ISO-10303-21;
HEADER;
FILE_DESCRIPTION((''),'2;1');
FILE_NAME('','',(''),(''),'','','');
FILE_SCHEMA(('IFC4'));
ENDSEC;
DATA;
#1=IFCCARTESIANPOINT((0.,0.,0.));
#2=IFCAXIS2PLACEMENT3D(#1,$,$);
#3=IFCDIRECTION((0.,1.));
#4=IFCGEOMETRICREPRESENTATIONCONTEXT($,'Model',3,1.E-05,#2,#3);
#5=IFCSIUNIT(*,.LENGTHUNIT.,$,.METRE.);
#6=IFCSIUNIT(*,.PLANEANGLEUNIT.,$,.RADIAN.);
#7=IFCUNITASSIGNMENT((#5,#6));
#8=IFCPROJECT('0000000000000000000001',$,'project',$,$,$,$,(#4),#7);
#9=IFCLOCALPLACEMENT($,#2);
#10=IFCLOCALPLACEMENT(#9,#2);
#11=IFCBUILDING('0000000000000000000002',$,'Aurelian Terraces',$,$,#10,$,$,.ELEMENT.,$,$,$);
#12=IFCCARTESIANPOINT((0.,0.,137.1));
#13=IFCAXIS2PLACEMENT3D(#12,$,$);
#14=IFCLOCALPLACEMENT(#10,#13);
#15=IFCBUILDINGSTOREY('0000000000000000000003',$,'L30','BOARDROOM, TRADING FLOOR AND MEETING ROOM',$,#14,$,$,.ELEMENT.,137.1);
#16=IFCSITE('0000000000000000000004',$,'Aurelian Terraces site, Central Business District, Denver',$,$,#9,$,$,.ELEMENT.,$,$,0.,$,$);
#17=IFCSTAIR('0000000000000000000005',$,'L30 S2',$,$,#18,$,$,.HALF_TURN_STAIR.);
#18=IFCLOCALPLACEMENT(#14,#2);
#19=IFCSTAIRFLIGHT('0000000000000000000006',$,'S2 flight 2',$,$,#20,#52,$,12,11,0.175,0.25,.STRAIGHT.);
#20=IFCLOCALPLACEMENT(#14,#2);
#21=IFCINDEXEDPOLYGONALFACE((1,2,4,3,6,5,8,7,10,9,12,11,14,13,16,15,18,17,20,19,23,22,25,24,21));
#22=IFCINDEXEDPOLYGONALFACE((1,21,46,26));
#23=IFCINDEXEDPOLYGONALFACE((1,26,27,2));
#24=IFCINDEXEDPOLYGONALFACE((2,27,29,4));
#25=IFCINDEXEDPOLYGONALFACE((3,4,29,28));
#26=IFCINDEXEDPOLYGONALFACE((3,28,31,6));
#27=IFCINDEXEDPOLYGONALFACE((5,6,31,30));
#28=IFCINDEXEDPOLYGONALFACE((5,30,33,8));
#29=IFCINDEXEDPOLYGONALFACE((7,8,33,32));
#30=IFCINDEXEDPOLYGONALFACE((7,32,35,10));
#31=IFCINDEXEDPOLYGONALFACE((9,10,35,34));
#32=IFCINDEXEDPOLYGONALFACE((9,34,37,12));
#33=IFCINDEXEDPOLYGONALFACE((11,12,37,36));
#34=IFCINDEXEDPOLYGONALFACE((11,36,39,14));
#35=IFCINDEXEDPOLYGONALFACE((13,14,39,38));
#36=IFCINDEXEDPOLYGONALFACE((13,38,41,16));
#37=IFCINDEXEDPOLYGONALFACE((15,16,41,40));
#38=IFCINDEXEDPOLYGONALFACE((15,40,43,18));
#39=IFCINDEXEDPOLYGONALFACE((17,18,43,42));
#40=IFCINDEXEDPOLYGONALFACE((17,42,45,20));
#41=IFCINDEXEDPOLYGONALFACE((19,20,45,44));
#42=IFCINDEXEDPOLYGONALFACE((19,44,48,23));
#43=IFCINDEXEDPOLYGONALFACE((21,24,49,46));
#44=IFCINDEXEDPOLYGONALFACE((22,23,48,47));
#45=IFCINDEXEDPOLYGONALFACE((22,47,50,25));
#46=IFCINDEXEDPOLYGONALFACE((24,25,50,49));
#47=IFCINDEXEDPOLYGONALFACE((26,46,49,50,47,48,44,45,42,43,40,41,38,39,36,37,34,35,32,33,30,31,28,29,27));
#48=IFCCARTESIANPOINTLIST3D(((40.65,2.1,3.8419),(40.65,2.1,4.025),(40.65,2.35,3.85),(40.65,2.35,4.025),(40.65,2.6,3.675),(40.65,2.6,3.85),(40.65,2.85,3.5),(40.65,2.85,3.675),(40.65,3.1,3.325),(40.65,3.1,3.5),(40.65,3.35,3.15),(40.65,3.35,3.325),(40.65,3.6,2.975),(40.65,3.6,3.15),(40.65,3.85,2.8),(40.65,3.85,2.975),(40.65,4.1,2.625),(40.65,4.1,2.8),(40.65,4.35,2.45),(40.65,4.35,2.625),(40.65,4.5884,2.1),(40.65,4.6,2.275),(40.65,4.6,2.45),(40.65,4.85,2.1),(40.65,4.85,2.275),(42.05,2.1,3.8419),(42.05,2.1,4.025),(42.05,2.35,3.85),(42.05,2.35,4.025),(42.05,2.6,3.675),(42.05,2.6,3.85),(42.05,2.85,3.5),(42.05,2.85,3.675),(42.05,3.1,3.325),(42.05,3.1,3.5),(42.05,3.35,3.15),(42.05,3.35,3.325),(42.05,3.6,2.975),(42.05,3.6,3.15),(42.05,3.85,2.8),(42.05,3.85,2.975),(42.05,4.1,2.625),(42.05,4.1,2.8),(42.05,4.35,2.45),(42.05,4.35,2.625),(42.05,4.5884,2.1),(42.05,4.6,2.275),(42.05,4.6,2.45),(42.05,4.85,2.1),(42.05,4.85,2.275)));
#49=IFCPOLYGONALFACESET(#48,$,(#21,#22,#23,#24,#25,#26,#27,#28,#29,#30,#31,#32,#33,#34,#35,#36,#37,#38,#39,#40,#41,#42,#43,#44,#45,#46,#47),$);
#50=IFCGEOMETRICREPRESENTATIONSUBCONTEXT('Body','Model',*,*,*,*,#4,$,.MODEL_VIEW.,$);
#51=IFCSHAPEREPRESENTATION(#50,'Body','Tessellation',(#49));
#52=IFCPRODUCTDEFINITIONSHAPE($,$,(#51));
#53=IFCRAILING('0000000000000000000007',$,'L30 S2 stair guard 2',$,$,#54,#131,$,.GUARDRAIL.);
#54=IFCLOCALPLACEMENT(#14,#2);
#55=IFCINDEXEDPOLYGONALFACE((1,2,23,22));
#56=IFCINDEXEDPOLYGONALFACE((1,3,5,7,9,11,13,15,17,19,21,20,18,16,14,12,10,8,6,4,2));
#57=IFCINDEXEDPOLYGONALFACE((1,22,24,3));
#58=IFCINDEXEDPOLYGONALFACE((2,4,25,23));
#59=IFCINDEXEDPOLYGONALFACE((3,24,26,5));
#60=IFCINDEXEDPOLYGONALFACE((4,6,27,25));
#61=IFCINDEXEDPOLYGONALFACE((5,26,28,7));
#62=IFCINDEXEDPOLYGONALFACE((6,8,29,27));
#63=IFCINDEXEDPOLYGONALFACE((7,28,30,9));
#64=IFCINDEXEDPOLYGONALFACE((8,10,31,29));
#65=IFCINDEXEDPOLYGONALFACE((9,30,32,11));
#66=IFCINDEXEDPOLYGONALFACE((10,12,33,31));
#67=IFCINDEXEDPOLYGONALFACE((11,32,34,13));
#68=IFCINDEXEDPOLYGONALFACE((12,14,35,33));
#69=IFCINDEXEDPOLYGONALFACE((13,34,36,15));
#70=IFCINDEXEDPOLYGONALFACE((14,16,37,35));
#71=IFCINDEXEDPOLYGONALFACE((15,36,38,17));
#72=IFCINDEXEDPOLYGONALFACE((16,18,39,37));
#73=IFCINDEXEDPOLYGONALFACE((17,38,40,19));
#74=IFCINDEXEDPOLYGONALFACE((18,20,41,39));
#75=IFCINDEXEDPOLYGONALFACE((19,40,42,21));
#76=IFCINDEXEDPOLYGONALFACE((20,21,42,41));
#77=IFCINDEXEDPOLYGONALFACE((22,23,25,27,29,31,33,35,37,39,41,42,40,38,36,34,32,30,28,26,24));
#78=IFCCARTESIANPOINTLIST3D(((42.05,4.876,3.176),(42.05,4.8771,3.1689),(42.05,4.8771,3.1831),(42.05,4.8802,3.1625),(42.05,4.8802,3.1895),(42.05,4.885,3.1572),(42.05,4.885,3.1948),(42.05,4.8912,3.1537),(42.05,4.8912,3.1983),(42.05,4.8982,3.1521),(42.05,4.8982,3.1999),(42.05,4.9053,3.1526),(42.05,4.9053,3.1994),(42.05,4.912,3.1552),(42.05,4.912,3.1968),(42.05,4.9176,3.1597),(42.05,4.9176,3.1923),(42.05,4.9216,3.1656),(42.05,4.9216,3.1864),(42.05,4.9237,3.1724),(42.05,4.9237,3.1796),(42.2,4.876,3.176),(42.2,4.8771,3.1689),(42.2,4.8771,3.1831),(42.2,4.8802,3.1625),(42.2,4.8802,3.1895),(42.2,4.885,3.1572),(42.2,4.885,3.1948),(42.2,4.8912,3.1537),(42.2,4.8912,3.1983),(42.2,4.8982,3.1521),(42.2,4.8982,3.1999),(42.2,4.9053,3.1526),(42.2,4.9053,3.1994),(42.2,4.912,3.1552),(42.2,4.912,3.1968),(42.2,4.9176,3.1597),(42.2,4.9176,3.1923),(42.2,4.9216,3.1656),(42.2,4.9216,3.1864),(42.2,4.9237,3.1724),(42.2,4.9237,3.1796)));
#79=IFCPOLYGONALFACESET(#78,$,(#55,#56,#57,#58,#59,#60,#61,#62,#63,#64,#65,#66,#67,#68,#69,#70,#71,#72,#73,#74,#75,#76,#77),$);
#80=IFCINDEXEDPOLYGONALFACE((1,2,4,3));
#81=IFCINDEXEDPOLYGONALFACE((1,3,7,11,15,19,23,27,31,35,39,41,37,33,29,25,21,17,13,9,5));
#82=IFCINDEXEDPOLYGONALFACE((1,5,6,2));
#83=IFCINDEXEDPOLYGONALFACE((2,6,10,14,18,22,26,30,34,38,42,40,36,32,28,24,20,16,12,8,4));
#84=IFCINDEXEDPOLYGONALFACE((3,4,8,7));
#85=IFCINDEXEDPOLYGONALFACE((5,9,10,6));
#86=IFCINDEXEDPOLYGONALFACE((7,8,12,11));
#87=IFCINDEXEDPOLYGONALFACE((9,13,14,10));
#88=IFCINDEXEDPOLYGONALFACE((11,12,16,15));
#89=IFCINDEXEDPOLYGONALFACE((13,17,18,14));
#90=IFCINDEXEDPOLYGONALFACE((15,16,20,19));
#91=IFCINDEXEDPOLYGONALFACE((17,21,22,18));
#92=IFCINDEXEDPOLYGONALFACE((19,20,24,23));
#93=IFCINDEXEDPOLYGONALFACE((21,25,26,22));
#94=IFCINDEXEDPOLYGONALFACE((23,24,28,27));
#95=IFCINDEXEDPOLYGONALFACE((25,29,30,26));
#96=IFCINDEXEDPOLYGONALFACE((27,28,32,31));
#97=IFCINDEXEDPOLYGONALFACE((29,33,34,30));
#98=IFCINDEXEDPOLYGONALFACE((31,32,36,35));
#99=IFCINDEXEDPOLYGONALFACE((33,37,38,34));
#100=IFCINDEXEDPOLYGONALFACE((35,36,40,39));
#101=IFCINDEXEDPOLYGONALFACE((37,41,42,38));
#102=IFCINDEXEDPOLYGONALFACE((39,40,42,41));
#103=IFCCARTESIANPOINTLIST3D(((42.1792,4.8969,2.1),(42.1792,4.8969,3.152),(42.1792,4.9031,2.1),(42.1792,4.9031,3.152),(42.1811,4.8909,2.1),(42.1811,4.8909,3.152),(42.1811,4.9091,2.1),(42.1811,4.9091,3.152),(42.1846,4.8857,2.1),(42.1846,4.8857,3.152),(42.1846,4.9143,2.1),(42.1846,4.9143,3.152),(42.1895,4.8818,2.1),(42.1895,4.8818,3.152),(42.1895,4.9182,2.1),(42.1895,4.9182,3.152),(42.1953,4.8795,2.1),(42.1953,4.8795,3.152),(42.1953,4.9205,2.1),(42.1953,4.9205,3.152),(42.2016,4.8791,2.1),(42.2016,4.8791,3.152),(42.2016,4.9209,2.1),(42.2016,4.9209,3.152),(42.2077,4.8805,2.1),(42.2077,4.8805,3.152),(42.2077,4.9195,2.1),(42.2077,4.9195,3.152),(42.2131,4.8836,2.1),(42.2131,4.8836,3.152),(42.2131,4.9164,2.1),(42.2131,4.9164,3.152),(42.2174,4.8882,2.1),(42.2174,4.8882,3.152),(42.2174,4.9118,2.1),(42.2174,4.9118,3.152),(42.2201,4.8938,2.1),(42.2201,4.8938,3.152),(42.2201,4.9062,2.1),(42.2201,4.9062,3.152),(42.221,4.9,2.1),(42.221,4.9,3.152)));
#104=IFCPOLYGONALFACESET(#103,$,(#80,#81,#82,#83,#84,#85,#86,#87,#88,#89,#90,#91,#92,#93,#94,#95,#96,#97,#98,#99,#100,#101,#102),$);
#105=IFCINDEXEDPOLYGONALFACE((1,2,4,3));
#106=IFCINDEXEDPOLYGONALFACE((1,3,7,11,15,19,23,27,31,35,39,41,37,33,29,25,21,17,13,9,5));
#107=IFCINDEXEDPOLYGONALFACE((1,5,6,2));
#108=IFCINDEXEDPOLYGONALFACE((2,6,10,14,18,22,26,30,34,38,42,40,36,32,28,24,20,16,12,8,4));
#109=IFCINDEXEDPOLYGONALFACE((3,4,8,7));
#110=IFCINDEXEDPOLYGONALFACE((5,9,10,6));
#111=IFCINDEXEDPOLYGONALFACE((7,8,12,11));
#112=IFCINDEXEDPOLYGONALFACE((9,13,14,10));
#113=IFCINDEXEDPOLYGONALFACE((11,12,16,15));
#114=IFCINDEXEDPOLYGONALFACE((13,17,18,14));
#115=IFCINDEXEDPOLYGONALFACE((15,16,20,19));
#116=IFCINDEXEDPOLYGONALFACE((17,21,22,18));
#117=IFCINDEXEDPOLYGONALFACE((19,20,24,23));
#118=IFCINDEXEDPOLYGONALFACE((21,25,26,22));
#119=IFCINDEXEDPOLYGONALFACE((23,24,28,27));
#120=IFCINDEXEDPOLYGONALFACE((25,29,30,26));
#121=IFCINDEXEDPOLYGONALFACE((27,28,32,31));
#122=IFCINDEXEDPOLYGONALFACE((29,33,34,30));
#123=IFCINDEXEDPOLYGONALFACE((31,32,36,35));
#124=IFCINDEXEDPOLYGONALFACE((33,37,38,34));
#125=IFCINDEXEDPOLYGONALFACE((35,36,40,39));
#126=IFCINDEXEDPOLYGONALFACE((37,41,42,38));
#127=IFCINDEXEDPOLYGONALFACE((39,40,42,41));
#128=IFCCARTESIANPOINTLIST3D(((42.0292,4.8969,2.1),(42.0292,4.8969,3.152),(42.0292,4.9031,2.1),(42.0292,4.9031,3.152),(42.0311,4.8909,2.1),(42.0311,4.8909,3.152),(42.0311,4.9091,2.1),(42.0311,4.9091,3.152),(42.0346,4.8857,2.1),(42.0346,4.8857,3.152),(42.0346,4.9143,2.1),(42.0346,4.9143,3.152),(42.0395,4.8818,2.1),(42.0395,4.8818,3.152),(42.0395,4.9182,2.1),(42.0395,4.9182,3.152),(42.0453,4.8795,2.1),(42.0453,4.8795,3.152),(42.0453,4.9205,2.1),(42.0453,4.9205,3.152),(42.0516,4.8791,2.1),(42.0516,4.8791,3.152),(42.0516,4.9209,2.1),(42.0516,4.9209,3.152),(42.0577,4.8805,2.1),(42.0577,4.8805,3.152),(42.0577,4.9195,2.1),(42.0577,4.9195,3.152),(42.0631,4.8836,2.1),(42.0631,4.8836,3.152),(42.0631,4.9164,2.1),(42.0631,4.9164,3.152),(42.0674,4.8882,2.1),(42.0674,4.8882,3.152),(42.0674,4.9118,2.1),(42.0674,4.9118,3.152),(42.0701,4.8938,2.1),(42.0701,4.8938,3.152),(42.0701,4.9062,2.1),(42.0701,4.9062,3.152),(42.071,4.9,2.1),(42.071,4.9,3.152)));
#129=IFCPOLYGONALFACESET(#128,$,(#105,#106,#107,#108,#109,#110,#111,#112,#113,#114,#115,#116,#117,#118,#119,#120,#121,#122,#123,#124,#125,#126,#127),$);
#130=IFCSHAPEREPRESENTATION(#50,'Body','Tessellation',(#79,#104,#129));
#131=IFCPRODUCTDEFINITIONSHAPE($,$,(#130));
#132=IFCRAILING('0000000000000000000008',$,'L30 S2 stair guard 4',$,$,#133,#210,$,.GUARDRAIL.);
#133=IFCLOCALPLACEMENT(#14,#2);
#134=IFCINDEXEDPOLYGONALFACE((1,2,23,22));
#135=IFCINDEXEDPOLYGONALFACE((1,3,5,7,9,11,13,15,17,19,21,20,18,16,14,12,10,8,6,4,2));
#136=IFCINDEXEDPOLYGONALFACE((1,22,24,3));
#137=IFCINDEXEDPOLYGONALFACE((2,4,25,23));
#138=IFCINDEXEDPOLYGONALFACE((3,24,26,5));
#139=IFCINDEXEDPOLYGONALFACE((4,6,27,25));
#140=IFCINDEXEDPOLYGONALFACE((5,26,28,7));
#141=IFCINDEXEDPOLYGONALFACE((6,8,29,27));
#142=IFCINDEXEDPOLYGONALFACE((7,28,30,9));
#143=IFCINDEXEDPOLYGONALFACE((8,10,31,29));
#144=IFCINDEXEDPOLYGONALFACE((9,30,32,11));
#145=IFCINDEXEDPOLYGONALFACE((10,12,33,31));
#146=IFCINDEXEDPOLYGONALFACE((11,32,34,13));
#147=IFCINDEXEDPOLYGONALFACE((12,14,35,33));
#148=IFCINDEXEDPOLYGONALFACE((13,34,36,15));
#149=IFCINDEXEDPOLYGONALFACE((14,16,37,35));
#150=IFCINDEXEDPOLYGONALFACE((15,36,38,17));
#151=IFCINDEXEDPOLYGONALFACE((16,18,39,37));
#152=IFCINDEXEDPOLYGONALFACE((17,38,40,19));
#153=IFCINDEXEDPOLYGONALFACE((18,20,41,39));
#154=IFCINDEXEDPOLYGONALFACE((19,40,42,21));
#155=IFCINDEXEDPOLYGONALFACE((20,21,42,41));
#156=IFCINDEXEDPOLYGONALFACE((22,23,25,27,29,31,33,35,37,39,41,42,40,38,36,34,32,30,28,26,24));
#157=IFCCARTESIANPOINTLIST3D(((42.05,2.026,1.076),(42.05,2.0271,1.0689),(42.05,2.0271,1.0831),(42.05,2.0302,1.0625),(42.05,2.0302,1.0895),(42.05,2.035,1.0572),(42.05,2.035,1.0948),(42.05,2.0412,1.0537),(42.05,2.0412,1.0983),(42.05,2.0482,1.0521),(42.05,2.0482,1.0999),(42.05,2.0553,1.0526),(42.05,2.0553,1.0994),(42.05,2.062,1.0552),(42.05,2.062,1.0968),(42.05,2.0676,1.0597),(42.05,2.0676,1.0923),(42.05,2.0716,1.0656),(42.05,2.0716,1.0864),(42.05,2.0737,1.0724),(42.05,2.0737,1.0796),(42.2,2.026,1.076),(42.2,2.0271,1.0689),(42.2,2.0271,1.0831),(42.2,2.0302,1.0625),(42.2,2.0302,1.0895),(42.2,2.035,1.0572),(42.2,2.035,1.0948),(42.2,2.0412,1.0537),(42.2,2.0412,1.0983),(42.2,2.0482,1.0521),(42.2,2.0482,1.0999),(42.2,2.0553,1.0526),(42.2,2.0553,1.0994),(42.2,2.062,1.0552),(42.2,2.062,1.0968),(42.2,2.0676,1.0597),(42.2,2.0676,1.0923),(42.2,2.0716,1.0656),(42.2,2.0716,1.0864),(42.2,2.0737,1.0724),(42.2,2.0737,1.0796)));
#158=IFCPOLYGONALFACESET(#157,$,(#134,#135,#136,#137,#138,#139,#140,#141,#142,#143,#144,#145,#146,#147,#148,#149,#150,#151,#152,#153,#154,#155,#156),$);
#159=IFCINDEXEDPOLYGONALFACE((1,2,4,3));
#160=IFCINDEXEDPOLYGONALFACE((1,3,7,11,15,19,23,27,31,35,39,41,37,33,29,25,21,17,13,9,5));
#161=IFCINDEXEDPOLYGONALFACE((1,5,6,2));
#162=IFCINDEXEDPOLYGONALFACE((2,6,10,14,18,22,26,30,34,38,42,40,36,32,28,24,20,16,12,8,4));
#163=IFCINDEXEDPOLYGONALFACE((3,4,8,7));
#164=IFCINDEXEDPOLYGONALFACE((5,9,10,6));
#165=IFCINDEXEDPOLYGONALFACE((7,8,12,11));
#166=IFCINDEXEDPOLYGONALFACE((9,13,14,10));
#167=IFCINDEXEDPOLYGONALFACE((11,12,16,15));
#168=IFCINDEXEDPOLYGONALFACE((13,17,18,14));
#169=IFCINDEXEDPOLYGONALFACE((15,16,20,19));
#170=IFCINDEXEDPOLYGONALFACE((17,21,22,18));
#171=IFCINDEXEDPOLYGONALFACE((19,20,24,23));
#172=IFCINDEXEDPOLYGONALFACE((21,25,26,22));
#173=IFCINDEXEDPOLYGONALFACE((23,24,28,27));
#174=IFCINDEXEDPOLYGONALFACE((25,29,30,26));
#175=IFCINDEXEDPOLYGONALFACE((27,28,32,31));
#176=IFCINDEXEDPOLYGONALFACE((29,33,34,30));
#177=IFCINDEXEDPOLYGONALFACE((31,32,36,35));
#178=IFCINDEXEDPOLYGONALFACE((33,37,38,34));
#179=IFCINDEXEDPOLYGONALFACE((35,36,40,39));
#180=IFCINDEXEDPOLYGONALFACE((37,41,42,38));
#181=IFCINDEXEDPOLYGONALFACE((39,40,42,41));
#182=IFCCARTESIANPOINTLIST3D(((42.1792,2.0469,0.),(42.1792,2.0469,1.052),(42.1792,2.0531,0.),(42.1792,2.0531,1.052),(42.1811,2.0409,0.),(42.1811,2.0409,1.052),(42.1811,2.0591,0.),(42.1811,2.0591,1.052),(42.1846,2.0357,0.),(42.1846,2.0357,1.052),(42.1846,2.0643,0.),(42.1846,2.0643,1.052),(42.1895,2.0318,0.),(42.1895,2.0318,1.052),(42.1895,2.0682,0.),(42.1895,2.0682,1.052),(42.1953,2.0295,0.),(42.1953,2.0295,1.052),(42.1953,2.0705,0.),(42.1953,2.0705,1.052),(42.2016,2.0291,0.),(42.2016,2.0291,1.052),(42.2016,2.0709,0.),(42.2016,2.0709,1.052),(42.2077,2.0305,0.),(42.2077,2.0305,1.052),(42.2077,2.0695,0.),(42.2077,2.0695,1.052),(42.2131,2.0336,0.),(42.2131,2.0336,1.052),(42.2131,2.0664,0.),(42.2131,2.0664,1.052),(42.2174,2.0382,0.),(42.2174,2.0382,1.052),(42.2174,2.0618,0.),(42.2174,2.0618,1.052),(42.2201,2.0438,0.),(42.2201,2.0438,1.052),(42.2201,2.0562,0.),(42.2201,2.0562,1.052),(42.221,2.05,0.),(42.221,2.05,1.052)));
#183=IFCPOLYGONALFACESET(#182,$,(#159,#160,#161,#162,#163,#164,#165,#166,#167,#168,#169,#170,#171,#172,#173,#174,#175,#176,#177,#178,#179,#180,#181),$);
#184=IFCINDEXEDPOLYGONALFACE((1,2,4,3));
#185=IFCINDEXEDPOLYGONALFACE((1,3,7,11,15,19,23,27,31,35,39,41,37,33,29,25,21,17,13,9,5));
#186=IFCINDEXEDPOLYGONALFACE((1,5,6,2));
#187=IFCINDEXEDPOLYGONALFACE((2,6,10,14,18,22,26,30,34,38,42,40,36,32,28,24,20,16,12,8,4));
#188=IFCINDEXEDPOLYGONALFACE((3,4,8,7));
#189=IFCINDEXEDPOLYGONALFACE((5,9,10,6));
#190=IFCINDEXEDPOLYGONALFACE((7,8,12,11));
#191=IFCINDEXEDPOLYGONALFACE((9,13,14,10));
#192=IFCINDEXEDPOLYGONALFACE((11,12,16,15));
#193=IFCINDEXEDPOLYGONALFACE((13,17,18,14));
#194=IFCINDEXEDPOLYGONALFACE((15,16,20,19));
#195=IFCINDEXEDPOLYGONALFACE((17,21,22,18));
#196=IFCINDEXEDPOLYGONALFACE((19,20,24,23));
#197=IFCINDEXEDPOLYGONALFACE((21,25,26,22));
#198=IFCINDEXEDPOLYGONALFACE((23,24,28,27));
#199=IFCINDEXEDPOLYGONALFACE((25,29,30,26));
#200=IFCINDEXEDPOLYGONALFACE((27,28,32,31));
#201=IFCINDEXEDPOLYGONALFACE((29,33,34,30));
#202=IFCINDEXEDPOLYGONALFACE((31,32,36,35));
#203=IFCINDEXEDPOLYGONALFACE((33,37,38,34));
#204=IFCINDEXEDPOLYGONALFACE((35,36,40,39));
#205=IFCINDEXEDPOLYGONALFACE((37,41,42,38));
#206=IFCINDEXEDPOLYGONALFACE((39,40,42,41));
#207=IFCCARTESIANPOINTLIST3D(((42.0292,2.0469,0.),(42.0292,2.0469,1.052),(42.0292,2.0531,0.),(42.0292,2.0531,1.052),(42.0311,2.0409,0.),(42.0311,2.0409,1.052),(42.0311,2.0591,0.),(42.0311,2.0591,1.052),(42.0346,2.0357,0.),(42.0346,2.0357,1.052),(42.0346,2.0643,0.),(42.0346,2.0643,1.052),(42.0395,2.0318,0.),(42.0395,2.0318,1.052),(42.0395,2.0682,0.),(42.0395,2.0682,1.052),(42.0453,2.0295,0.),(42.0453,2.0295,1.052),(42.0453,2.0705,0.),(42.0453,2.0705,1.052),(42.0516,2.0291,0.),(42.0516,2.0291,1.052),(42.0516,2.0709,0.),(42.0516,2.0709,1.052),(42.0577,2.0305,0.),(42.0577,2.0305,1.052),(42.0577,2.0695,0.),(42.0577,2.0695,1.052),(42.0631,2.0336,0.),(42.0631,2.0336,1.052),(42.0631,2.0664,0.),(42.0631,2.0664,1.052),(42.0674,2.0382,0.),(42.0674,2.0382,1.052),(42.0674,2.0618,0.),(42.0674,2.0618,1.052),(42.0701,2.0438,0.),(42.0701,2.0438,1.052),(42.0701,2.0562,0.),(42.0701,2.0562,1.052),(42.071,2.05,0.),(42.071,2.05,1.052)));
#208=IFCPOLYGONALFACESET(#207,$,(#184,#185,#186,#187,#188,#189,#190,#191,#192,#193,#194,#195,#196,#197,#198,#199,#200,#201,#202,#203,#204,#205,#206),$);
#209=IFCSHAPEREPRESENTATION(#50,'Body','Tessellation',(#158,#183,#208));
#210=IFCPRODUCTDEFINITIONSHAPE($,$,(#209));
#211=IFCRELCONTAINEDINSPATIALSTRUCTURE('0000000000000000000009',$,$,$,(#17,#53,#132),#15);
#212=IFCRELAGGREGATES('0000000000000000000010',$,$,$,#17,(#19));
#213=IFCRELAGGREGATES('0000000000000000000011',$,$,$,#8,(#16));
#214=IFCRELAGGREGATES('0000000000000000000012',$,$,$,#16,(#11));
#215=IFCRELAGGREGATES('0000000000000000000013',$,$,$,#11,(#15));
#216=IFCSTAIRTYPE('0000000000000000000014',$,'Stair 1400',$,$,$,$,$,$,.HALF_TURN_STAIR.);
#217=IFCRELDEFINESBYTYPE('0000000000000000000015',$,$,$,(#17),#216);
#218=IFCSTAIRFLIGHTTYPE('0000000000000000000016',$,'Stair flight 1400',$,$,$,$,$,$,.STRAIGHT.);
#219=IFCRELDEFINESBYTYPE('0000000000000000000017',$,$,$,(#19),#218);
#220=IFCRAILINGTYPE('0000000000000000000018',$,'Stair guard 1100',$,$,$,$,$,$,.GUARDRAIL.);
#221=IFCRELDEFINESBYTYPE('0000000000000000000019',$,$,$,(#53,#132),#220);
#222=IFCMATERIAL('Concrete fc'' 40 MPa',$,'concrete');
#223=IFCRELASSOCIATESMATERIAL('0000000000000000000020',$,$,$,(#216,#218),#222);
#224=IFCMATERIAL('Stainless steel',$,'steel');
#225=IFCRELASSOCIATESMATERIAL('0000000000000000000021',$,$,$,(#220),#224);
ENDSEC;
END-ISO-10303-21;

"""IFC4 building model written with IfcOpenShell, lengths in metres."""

from ifc_helpers import new_model, si_unit, direction, frame, origin, origin_2d, place, context, subcontext, project, spatial, polyline, circle, outline, extrude, source, transform, mapped, material, type_object, element, aggregate, save


model = new_model("IFC4")

# Units and contexts
model_context = context("Model", 3, precision=1e-05, world=origin(), true_north=direction((0.0, 1.0)))
body_context = subcontext(model_context, "Body", "Model", "MODEL_VIEW")
ifc_project = project(units=[si_unit("LENGTHUNIT", "METRE"), si_unit("PLANEANGLEUNIT", "RADIAN")], contexts=[model_context])

# Site, building, storey
site_placement = place(None, origin())
site = spatial("IfcSite", under=ifc_project, at=site_placement, Name="Aurelian Terraces site, Central Business District, Denver", CompositionType="ELEMENT", RefElevation=0.0)
building_placement = place(site_placement, origin())
building = spatial("IfcBuilding", under=site, at=building_placement, Name="Aurelian Terraces", CompositionType="ELEMENT")
storey_placement = place(building_placement, frame((0.0, 0.0, 137.1)))
storey = spatial("IfcBuildingStorey", under=building, at=storey_placement, Name="L30", Description="BOARDROOM, TRADING FLOOR AND MEETING ROOM", CompositionType="ELEMENT", Elevation=137.1)

# Shared definitions
ifc_material_1 = material(Name="Concrete fc' 40 MPa", Category="concrete")

# Stair, stair flight
stair_type = type_object("IfcStairType", Name="Stair 1400", PredefinedType="HALF_TURN_STAIR", material=ifc_material_1)
stair_placement = place(storey_placement, origin())
stair = element("IfcStair", 1, at=stair_placement, inside=storey, type_object=stair_type, Name="L30 S2", PredefinedType="HALF_TURN_STAIR")
stair_flight_type = type_object("IfcStairFlightType", Name="Stair flight 1400", PredefinedType="STRAIGHT", material=ifc_material_1)
shared_shape_1 = source(origin(), body_context, "Body", "SweptSolid", [
    extrude(outline(polyline([(0.0, 0.0), (0.0, 0.175), (0.25, 0.175), (0.25, 0.35), (0.5, 0.35), (0.5, 0.525), (0.75, 0.525), (0.75, 0.7), (1.0, 0.7), (1.0, 0.875), (1.25, 0.875), (1.25, 1.05), (1.5, 1.05), (1.5, 1.225), (1.75, 1.225), (1.75, 1.4), (2.0, 1.4), (2.0, 1.575), (2.25, 1.575), (2.25, 1.75), (2.5, 1.75), (2.5, 1.925), (2.75, 1.925), (2.75, 2.1), (2.75, 1.7419), (0.2616, 0.0), (0.0, 0.0)])), frame((0.0, 0.7, 0.0), z_axis=(0.0, -1.0, 0.0), x_axis=(1.0, 0.0, 0.0)), (0.0, 0.0, 1.0), 1.4),
])
stair_flight_1_placement = place(storey_placement, frame((41.35, 4.85, 2.1), z_axis=(0.0, 0.0, 1.0), x_axis=(0.0, -1.0, 0.0)))
stair_flight_1 = element("IfcStairFlight", 2, at=stair_flight_1_placement, type_object=stair_flight_type, Name="S2 flight 2", NumberOfRisers=12, NumberOfTreads=11, PredefinedType="STRAIGHT", RiserHeight=0.175, TreadLength=0.25, context=body_context, shape_type="MappedRepresentation", body=[
    mapped(shared_shape_1, transform((0.0, 0.0, 0.0), scale=1.0)),
])
aggregate(stair, [stair_flight_1])

# Railings
ifc_material_2 = material(Name="Stainless steel", Category="steel")
railing_type_1 = type_object("IfcRailingType", Name="Stair guard 1100", PredefinedType="GUARDRAIL", material=ifc_material_2)
shared_shape_2 = source(origin(), body_context, "Body", "SweptSolid", [
    extrude(circle(Radius=0.024, at=origin_2d()), frame((0.0, 0.0, 1.076), z_axis=(-1.0, 0.0, 0.0), x_axis=(0.0, -1.0, 0.0)), (0.0, 0.0, 1.0), 0.15),
    extrude(circle(Radius=0.021, at=origin_2d()), origin(), (0.0, 0.0, 1.0), 1.052),
    extrude(circle(Radius=0.021, at=origin_2d()), frame((-0.15, 0.0, 0.0)), (0.0, 0.0, 1.0), 1.052),
])
for number, where, name in (
    (3, (42.2, 4.9, 2.1), "L30 S2 stair guard 2"),
    (4, (42.2, 2.05, 0.0), "L30 S2 stair guard 4"),
):
    element("IfcRailing", number, at=place(storey_placement, frame(where)), inside=storey, type_object=railing_type_1, Name=name, PredefinedType="GUARDRAIL", context=body_context, shape_type="MappedRepresentation", body=[
        mapped(shared_shape_2, transform((0.0, 0.0, 0.0), scale=1.0)),
    ])

save(model, "model.ifc")
